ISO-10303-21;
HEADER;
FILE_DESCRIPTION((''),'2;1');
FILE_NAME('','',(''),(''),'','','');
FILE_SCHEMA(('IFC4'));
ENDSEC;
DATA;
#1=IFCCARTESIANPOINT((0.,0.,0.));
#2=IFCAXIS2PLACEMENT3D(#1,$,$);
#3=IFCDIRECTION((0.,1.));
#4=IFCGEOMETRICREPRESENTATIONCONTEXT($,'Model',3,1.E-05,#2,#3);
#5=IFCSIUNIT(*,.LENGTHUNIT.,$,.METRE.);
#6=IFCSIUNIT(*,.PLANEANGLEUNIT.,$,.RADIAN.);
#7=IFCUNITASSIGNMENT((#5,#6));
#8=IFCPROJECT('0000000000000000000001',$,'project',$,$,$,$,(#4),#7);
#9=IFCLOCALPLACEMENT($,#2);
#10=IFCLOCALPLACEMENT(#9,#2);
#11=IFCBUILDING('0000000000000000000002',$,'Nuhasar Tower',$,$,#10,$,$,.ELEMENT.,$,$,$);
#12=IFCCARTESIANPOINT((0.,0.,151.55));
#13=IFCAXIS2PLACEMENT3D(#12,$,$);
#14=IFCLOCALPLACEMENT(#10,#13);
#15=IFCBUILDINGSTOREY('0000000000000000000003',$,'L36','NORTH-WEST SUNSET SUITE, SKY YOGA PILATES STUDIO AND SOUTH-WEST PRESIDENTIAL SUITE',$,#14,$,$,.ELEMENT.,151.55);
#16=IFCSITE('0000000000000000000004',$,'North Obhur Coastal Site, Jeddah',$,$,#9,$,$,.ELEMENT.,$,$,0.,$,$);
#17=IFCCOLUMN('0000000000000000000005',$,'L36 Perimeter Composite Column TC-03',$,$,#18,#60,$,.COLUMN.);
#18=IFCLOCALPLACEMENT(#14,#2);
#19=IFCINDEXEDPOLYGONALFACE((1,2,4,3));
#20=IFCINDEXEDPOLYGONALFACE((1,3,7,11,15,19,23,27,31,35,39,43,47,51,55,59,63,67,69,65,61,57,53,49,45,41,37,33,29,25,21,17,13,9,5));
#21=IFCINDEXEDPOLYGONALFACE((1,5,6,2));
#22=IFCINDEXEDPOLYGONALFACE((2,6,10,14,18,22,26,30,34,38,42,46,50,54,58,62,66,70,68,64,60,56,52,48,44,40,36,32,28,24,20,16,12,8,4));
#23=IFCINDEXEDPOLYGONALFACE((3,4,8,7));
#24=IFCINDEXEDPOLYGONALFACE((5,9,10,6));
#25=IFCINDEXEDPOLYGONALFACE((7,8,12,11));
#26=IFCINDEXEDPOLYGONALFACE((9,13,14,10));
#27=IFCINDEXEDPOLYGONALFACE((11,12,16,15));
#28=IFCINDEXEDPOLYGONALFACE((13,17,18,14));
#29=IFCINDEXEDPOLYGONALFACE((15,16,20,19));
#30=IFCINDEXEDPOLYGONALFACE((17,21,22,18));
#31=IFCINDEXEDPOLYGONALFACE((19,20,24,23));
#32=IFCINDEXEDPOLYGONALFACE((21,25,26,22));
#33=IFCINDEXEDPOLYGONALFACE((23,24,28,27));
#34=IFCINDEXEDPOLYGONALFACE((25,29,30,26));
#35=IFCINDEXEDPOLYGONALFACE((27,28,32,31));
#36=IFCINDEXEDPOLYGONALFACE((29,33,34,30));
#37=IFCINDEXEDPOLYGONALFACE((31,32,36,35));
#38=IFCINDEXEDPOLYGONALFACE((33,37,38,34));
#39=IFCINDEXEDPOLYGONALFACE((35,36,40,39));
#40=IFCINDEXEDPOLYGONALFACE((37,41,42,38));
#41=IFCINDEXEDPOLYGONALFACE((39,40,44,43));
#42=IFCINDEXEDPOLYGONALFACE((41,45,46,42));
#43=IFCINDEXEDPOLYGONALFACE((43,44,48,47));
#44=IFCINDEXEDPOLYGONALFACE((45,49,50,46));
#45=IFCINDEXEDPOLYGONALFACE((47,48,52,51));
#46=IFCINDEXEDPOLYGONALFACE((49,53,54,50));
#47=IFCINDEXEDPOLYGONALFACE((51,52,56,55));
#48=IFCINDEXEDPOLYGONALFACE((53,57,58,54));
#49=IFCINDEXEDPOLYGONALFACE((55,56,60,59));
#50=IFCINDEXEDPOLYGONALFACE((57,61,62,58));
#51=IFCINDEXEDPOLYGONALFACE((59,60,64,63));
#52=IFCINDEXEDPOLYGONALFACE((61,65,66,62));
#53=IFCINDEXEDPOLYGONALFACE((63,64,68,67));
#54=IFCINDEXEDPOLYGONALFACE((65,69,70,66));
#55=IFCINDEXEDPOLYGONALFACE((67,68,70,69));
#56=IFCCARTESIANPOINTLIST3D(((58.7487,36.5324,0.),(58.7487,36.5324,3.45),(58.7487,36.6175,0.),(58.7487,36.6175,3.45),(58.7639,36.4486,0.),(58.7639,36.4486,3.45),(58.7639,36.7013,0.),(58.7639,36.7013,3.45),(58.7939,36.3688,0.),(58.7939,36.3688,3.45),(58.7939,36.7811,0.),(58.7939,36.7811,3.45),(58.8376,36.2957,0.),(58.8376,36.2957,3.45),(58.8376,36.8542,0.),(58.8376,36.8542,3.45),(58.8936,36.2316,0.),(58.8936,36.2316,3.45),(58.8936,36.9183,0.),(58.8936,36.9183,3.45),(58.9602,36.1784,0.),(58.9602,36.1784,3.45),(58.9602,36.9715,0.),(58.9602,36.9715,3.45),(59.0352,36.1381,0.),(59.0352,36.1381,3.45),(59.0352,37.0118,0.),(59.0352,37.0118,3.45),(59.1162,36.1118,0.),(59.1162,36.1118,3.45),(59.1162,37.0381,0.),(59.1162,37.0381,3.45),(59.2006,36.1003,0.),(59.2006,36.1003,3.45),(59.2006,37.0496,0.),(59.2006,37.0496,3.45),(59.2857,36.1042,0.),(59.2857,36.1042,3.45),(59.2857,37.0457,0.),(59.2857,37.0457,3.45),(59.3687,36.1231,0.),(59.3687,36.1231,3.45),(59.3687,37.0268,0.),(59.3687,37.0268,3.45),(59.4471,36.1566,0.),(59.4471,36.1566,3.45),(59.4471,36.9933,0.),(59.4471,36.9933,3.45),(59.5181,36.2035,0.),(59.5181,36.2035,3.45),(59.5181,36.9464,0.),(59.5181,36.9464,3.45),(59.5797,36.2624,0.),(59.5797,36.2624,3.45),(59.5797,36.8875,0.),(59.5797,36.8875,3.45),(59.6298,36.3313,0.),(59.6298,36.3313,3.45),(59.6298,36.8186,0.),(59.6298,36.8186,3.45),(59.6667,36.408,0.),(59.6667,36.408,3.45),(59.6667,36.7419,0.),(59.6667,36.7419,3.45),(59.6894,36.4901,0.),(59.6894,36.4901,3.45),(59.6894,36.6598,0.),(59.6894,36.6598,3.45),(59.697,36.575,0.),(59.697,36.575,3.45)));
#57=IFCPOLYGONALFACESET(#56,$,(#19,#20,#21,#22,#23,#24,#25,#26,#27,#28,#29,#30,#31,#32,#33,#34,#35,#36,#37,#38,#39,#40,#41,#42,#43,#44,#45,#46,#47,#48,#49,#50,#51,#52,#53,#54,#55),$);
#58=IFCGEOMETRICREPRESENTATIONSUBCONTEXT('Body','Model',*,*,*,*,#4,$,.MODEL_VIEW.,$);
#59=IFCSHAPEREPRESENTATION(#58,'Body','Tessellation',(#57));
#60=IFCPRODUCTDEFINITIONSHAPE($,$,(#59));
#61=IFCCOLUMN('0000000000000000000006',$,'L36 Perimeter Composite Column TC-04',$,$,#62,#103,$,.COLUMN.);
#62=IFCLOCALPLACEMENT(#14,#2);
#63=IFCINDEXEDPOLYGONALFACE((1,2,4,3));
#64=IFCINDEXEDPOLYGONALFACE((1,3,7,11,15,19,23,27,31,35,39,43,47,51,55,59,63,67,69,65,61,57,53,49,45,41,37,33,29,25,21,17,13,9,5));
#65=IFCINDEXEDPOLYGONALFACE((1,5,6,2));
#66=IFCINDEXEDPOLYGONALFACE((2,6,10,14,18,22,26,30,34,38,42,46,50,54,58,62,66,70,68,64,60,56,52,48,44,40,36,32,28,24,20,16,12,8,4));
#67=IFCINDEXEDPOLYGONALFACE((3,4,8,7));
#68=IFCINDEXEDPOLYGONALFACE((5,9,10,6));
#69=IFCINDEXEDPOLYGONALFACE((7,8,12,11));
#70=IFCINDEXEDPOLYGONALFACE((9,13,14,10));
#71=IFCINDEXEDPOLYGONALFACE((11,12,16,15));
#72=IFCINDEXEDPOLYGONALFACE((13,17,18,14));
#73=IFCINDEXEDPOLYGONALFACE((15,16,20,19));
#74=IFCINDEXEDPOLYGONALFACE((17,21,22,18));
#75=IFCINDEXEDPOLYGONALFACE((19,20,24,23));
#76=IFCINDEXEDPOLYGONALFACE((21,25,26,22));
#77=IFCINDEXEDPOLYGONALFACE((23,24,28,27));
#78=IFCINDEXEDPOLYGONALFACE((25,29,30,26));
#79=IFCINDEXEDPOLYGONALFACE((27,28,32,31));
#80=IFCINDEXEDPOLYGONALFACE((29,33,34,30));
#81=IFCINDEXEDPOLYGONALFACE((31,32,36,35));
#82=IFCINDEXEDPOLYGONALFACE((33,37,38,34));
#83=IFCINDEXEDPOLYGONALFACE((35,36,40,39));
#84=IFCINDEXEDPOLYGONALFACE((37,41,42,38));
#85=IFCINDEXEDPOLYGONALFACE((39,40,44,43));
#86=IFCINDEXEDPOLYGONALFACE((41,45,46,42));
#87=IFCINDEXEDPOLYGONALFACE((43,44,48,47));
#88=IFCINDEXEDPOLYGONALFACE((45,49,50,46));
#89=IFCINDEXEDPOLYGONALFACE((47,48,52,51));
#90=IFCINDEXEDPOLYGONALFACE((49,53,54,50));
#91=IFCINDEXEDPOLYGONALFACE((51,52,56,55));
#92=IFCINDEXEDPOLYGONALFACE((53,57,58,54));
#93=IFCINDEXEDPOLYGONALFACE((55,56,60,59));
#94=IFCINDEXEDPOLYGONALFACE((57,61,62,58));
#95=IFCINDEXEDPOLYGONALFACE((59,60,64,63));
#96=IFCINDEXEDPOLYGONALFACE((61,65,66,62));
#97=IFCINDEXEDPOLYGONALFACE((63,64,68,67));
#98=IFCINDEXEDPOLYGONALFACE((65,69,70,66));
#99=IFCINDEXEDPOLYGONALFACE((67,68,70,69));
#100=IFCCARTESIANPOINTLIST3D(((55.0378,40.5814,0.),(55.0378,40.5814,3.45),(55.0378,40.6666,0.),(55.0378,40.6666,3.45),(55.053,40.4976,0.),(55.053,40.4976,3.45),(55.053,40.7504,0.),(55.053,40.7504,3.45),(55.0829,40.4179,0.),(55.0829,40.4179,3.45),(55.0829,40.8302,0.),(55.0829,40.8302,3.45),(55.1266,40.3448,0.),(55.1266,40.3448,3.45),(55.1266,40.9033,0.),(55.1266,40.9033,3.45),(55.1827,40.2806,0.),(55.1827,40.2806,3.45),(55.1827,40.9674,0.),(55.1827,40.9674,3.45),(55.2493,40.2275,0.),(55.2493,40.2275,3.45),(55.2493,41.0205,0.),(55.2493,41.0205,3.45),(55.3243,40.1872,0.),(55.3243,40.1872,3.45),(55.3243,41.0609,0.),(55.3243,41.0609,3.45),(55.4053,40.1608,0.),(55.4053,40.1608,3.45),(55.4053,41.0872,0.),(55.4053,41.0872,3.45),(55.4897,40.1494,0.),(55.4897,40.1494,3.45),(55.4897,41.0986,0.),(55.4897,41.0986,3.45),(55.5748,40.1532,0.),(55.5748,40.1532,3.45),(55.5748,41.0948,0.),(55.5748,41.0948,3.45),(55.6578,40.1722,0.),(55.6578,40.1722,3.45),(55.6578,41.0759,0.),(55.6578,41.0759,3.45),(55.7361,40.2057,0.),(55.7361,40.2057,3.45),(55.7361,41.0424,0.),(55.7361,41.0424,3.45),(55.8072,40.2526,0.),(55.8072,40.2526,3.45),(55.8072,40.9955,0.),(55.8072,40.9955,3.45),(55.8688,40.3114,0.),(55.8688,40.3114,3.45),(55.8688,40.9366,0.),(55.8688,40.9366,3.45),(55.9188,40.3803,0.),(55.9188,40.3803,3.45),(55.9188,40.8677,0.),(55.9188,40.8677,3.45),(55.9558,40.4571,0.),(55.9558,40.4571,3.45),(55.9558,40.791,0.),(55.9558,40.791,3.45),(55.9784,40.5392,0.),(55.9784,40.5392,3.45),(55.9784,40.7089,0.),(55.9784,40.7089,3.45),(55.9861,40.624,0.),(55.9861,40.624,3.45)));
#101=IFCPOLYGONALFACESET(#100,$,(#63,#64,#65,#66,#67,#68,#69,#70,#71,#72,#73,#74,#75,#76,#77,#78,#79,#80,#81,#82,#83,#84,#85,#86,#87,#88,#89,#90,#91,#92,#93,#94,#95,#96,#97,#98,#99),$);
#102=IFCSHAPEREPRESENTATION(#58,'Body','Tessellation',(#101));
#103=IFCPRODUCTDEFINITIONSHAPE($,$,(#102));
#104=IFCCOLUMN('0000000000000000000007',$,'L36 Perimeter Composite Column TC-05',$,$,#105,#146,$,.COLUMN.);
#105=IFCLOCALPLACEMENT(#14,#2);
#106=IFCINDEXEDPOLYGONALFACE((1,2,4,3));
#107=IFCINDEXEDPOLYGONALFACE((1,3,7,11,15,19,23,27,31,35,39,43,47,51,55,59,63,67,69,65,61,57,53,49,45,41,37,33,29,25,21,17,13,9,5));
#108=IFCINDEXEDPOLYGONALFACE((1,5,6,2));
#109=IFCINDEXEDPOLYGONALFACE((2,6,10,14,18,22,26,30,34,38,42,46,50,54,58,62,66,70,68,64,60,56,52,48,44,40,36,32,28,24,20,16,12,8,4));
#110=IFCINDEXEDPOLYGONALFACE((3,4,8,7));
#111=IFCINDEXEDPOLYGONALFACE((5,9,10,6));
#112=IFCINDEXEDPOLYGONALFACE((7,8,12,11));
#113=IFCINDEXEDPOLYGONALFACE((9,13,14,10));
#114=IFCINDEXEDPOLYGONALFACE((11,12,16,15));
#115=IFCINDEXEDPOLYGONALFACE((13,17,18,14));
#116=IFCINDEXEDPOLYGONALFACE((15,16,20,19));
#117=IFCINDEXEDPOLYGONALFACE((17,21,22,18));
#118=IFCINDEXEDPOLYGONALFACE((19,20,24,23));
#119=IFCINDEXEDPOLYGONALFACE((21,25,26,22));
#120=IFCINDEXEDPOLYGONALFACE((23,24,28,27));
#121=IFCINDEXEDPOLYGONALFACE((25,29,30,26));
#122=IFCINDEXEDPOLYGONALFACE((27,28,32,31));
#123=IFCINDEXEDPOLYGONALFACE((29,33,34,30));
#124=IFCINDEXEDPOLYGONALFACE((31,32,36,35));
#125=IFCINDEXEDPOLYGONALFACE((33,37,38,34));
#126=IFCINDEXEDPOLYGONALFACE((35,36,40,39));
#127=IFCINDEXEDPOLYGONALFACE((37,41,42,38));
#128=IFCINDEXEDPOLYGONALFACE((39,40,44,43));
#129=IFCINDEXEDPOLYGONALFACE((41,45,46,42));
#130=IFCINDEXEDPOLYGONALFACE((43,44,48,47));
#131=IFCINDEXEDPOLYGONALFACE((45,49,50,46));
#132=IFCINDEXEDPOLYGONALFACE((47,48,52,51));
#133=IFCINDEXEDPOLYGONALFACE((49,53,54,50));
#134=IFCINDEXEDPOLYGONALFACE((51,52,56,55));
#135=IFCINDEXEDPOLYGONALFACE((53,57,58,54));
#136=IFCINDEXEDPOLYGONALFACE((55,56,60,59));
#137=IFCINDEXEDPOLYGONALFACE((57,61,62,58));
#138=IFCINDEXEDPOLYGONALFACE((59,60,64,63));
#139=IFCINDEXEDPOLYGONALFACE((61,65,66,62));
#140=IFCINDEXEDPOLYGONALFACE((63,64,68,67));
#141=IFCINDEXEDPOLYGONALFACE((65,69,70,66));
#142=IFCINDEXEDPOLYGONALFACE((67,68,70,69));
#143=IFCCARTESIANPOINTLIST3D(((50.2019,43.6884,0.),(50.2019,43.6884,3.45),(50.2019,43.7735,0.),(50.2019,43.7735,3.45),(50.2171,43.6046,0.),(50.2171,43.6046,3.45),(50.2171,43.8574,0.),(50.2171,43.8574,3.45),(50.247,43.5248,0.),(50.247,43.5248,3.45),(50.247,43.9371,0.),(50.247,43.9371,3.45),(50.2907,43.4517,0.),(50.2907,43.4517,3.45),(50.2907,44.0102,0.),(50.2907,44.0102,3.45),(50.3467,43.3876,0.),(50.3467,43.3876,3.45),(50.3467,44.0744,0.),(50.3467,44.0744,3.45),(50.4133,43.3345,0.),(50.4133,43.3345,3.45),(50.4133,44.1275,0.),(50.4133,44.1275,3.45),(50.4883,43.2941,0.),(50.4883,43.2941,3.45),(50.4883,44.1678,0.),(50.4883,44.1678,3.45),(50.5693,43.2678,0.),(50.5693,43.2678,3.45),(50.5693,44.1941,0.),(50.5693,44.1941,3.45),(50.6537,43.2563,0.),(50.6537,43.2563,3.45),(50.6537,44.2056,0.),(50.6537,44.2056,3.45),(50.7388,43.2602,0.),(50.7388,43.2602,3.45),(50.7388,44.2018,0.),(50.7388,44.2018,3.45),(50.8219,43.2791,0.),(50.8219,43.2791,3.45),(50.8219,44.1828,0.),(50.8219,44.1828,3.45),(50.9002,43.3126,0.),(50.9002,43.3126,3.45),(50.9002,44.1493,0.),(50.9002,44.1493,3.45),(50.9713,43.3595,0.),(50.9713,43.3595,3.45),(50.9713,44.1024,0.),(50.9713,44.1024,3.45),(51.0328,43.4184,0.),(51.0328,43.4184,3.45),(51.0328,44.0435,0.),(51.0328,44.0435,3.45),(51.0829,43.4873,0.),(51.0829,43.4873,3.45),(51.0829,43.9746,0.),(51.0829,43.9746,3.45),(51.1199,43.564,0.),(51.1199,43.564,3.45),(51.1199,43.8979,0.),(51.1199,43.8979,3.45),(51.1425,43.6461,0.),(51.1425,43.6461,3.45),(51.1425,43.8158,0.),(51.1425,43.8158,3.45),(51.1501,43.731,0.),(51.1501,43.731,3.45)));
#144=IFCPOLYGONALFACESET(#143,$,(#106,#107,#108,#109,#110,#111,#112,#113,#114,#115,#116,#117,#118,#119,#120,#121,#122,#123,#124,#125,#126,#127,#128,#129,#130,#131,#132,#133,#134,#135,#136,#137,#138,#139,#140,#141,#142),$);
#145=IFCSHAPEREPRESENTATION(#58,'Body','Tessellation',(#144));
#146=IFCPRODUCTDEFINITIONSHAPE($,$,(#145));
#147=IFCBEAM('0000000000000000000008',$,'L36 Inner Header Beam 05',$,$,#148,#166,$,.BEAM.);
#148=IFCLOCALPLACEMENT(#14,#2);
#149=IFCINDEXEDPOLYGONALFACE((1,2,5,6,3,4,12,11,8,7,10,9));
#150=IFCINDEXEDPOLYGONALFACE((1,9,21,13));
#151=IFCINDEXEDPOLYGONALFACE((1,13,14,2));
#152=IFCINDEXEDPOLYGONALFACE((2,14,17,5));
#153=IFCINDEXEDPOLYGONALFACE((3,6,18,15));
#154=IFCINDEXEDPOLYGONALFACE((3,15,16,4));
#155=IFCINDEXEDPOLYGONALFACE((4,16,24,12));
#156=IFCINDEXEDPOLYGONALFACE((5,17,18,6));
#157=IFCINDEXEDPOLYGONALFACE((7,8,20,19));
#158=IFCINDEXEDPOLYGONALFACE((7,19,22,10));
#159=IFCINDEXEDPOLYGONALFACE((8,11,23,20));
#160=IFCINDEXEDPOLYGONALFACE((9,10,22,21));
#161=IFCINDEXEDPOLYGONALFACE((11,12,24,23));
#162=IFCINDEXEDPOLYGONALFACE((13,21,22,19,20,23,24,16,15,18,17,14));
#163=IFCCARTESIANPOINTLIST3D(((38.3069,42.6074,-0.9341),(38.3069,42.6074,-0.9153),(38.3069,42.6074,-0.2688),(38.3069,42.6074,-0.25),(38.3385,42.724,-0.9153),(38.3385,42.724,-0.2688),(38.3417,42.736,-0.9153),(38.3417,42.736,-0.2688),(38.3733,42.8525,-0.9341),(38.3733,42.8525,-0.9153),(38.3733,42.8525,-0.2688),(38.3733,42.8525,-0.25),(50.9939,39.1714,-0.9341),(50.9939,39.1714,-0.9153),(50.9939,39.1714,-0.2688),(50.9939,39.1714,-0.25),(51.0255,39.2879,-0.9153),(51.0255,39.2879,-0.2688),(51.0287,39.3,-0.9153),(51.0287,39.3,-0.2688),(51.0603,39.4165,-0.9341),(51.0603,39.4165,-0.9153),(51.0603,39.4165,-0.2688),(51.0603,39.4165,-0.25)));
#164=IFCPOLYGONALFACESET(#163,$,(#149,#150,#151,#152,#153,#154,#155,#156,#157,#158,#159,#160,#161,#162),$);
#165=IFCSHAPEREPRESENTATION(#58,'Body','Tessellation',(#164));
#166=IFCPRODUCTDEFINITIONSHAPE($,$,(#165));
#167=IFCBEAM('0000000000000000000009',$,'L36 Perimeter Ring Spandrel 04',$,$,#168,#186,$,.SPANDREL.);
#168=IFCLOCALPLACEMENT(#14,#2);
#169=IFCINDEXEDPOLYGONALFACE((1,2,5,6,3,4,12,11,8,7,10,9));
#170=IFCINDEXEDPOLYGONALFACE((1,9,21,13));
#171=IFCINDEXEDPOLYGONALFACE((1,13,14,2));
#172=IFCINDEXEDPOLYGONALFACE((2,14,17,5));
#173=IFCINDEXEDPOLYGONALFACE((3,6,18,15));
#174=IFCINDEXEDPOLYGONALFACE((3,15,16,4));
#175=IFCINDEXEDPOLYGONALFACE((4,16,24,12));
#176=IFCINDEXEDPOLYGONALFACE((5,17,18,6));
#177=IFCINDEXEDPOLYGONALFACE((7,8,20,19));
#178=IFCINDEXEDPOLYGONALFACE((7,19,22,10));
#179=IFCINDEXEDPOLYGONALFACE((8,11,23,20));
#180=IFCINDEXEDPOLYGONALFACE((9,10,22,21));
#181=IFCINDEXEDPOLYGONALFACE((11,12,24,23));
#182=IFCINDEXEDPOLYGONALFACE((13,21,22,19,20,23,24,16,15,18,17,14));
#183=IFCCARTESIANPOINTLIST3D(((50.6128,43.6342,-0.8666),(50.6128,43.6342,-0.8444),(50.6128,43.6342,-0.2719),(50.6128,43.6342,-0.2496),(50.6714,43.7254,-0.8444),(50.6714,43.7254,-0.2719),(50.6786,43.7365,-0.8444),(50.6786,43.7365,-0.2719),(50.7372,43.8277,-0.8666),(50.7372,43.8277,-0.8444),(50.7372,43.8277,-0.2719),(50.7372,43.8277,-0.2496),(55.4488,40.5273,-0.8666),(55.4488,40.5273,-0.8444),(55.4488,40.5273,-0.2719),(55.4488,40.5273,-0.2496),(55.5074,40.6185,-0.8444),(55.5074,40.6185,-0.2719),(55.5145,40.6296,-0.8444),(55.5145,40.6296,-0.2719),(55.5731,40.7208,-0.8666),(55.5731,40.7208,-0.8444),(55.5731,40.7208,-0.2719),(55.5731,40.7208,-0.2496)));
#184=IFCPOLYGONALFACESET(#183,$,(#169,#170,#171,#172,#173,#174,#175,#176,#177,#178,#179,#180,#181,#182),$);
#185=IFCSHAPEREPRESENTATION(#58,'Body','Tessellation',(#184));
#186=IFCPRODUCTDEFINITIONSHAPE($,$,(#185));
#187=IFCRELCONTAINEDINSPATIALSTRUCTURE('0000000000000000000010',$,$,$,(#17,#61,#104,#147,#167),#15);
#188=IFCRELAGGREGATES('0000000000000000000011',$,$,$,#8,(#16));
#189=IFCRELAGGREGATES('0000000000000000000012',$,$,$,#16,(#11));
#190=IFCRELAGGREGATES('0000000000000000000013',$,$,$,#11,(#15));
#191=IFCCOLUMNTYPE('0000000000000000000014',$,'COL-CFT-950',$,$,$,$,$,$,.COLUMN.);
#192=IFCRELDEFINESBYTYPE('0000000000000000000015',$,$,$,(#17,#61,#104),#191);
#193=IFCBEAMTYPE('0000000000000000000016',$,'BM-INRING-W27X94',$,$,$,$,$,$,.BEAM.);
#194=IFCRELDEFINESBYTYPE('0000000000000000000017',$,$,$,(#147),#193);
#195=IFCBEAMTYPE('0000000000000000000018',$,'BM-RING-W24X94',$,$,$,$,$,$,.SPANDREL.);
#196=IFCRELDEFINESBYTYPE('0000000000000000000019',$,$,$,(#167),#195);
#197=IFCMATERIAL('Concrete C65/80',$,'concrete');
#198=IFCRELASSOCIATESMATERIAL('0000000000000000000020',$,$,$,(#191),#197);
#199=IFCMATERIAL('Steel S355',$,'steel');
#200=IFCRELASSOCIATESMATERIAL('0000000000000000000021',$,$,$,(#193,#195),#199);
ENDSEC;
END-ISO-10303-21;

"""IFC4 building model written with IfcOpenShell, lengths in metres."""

from ifc_helpers import new_model, si_unit, direction, frame, origin, origin_2d, place, context, subcontext, project, spatial, circle, i_section, extrude, material, material_profile, profile_set, type_object, element, save


model = new_model("IFC4")

# Units and contexts
model_context = context("Model", 3, precision=1e-05, world=origin(), true_north=direction((0.0, 1.0)))
body_context = subcontext(model_context, "Body", "Model", "MODEL_VIEW")
ifc_project = project(units=[si_unit("LENGTHUNIT", "METRE"), si_unit("PLANEANGLEUNIT", "RADIAN")], contexts=[model_context])

# Site, building, storey
site_placement = place(None, origin())
site = spatial("IfcSite", under=ifc_project, at=site_placement, Name="North Obhur Coastal Site, Jeddah", CompositionType="ELEMENT", RefElevation=0.0)
building_placement = place(site_placement, origin())
building = spatial("IfcBuilding", under=site, at=building_placement, Name="Nuhasar Tower", CompositionType="ELEMENT")
storey_placement = place(building_placement, frame((0.0, 0.0, 151.55)))
storey = spatial("IfcBuildingStorey", under=building, at=storey_placement, Name="L36", Description="NORTH-WEST SUNSET SUITE, SKY YOGA PILATES STUDIO AND SOUTH-WEST PRESIDENTIAL SUITE", CompositionType="ELEMENT", Elevation=151.55)

# Columns
ifc_material_1 = material(Name="Concrete C65/80", Category="concrete")
ifc_material_profile_1 = material_profile(ifc_material_1, circle(Radius=0.4751, at=origin_2d()), Name="CFT950")
ifc_profile_set_1 = profile_set([ifc_material_profile_1], Name="Concrete C65/80")
column_type = type_object("IfcColumnType", Name="COL-CFT-950", PredefinedType="COLUMN", material=ifc_profile_set_1)
for number, where, z_axis, x_axis, name in (
    (1, (59.2219, 36.575, 0.0), (0.0, 0.0, 1.0), (1.0, 0.0, 0.0), "L36 Perimeter Composite Column TC-03"),
    (2, (55.511, 40.624, 0.0), (0.0, 0.0, 1.0), (1.0, 0.0, 0.0), "L36 Perimeter Composite Column TC-04"),
    (3, (50.675, 43.731, 0.0), (0.0, 0.0, 1.0), (1.0, 0.0, 0.0), "L36 Perimeter Composite Column TC-05"),
):
    element("IfcColumn", number, at=place(storey_placement, frame(where, z_axis=z_axis, x_axis=x_axis)), inside=storey, type_object=column_type, Name=name, PredefinedType="COLUMN", context=body_context, shape_type="SweptSolid", body=[
        extrude(circle(Radius=0.4751, at=origin_2d()), origin(), (0.0, 0.0, 1.0), 3.45),
    ])

# Beams
ifc_material_2 = material(Name="Steel S355", Category="steel")
ifc_material_profile_2 = material_profile(ifc_material_2, i_section(OverallWidth=0.2539, OverallDepth=0.6841, WebThickness=0.0125, FlangeThickness=0.0188, at=origin_2d()), Name="W27X94")
ifc_profile_set_2 = profile_set([ifc_material_profile_2], Name="Steel S355")
beam_type_1 = type_object("IfcBeamType", Name="BM-INRING-W27X94", PredefinedType="BEAM", material=ifc_profile_set_2)
beam_1_placement = place(storey_placement, frame((51.0271, 39.2939, -0.592), z_axis=(-0.965227, 0.261413, 0.0), x_axis=(-0.261413, -0.965227, 0.0)))
element("IfcBeam", 4, at=beam_1_placement, inside=storey, type_object=beam_type_1, Name="L36 Inner Header Beam 05", PredefinedType="BEAM", context=body_context, shape_type="SweptSolid", body=[
    extrude(i_section(OverallWidth=0.2539, OverallDepth=0.6841, WebThickness=0.0125, FlangeThickness=0.0188, at=origin_2d()), origin(), (0.0, 0.0, 1.0), 13.144),
])
ifc_material_profile_3 = material_profile(ifc_material_2, i_section(OverallWidth=0.23, OverallDepth=0.6169, WebThickness=0.0132, FlangeThickness=0.0222, at=origin_2d()), Name="W24X94")
ifc_profile_set_3 = profile_set([ifc_material_profile_3], Name="Steel S355")
beam_type_2 = type_object("IfcBeamType", Name="BM-RING-W24X94", PredefinedType="SPANDREL", material=ifc_profile_set_3)
beam_2_placement = place(storey_placement, frame((55.511, 40.624, -0.5581), z_axis=(-0.841327, 0.540526, 0.0), x_axis=(-0.540526, -0.841327, 0.0)))
element("IfcBeam", 5, at=beam_2_placement, inside=storey, type_object=beam_type_2, Name="L36 Perimeter Ring Spandrel 04", PredefinedType="SPANDREL", context=body_context, shape_type="SweptSolid", body=[
    extrude(i_section(OverallWidth=0.23, OverallDepth=0.6169, WebThickness=0.0132, FlangeThickness=0.0222, at=origin_2d()), origin(), (0.0, 0.0, 1.0), 5.748),
])

save(model, "model.ifc")
